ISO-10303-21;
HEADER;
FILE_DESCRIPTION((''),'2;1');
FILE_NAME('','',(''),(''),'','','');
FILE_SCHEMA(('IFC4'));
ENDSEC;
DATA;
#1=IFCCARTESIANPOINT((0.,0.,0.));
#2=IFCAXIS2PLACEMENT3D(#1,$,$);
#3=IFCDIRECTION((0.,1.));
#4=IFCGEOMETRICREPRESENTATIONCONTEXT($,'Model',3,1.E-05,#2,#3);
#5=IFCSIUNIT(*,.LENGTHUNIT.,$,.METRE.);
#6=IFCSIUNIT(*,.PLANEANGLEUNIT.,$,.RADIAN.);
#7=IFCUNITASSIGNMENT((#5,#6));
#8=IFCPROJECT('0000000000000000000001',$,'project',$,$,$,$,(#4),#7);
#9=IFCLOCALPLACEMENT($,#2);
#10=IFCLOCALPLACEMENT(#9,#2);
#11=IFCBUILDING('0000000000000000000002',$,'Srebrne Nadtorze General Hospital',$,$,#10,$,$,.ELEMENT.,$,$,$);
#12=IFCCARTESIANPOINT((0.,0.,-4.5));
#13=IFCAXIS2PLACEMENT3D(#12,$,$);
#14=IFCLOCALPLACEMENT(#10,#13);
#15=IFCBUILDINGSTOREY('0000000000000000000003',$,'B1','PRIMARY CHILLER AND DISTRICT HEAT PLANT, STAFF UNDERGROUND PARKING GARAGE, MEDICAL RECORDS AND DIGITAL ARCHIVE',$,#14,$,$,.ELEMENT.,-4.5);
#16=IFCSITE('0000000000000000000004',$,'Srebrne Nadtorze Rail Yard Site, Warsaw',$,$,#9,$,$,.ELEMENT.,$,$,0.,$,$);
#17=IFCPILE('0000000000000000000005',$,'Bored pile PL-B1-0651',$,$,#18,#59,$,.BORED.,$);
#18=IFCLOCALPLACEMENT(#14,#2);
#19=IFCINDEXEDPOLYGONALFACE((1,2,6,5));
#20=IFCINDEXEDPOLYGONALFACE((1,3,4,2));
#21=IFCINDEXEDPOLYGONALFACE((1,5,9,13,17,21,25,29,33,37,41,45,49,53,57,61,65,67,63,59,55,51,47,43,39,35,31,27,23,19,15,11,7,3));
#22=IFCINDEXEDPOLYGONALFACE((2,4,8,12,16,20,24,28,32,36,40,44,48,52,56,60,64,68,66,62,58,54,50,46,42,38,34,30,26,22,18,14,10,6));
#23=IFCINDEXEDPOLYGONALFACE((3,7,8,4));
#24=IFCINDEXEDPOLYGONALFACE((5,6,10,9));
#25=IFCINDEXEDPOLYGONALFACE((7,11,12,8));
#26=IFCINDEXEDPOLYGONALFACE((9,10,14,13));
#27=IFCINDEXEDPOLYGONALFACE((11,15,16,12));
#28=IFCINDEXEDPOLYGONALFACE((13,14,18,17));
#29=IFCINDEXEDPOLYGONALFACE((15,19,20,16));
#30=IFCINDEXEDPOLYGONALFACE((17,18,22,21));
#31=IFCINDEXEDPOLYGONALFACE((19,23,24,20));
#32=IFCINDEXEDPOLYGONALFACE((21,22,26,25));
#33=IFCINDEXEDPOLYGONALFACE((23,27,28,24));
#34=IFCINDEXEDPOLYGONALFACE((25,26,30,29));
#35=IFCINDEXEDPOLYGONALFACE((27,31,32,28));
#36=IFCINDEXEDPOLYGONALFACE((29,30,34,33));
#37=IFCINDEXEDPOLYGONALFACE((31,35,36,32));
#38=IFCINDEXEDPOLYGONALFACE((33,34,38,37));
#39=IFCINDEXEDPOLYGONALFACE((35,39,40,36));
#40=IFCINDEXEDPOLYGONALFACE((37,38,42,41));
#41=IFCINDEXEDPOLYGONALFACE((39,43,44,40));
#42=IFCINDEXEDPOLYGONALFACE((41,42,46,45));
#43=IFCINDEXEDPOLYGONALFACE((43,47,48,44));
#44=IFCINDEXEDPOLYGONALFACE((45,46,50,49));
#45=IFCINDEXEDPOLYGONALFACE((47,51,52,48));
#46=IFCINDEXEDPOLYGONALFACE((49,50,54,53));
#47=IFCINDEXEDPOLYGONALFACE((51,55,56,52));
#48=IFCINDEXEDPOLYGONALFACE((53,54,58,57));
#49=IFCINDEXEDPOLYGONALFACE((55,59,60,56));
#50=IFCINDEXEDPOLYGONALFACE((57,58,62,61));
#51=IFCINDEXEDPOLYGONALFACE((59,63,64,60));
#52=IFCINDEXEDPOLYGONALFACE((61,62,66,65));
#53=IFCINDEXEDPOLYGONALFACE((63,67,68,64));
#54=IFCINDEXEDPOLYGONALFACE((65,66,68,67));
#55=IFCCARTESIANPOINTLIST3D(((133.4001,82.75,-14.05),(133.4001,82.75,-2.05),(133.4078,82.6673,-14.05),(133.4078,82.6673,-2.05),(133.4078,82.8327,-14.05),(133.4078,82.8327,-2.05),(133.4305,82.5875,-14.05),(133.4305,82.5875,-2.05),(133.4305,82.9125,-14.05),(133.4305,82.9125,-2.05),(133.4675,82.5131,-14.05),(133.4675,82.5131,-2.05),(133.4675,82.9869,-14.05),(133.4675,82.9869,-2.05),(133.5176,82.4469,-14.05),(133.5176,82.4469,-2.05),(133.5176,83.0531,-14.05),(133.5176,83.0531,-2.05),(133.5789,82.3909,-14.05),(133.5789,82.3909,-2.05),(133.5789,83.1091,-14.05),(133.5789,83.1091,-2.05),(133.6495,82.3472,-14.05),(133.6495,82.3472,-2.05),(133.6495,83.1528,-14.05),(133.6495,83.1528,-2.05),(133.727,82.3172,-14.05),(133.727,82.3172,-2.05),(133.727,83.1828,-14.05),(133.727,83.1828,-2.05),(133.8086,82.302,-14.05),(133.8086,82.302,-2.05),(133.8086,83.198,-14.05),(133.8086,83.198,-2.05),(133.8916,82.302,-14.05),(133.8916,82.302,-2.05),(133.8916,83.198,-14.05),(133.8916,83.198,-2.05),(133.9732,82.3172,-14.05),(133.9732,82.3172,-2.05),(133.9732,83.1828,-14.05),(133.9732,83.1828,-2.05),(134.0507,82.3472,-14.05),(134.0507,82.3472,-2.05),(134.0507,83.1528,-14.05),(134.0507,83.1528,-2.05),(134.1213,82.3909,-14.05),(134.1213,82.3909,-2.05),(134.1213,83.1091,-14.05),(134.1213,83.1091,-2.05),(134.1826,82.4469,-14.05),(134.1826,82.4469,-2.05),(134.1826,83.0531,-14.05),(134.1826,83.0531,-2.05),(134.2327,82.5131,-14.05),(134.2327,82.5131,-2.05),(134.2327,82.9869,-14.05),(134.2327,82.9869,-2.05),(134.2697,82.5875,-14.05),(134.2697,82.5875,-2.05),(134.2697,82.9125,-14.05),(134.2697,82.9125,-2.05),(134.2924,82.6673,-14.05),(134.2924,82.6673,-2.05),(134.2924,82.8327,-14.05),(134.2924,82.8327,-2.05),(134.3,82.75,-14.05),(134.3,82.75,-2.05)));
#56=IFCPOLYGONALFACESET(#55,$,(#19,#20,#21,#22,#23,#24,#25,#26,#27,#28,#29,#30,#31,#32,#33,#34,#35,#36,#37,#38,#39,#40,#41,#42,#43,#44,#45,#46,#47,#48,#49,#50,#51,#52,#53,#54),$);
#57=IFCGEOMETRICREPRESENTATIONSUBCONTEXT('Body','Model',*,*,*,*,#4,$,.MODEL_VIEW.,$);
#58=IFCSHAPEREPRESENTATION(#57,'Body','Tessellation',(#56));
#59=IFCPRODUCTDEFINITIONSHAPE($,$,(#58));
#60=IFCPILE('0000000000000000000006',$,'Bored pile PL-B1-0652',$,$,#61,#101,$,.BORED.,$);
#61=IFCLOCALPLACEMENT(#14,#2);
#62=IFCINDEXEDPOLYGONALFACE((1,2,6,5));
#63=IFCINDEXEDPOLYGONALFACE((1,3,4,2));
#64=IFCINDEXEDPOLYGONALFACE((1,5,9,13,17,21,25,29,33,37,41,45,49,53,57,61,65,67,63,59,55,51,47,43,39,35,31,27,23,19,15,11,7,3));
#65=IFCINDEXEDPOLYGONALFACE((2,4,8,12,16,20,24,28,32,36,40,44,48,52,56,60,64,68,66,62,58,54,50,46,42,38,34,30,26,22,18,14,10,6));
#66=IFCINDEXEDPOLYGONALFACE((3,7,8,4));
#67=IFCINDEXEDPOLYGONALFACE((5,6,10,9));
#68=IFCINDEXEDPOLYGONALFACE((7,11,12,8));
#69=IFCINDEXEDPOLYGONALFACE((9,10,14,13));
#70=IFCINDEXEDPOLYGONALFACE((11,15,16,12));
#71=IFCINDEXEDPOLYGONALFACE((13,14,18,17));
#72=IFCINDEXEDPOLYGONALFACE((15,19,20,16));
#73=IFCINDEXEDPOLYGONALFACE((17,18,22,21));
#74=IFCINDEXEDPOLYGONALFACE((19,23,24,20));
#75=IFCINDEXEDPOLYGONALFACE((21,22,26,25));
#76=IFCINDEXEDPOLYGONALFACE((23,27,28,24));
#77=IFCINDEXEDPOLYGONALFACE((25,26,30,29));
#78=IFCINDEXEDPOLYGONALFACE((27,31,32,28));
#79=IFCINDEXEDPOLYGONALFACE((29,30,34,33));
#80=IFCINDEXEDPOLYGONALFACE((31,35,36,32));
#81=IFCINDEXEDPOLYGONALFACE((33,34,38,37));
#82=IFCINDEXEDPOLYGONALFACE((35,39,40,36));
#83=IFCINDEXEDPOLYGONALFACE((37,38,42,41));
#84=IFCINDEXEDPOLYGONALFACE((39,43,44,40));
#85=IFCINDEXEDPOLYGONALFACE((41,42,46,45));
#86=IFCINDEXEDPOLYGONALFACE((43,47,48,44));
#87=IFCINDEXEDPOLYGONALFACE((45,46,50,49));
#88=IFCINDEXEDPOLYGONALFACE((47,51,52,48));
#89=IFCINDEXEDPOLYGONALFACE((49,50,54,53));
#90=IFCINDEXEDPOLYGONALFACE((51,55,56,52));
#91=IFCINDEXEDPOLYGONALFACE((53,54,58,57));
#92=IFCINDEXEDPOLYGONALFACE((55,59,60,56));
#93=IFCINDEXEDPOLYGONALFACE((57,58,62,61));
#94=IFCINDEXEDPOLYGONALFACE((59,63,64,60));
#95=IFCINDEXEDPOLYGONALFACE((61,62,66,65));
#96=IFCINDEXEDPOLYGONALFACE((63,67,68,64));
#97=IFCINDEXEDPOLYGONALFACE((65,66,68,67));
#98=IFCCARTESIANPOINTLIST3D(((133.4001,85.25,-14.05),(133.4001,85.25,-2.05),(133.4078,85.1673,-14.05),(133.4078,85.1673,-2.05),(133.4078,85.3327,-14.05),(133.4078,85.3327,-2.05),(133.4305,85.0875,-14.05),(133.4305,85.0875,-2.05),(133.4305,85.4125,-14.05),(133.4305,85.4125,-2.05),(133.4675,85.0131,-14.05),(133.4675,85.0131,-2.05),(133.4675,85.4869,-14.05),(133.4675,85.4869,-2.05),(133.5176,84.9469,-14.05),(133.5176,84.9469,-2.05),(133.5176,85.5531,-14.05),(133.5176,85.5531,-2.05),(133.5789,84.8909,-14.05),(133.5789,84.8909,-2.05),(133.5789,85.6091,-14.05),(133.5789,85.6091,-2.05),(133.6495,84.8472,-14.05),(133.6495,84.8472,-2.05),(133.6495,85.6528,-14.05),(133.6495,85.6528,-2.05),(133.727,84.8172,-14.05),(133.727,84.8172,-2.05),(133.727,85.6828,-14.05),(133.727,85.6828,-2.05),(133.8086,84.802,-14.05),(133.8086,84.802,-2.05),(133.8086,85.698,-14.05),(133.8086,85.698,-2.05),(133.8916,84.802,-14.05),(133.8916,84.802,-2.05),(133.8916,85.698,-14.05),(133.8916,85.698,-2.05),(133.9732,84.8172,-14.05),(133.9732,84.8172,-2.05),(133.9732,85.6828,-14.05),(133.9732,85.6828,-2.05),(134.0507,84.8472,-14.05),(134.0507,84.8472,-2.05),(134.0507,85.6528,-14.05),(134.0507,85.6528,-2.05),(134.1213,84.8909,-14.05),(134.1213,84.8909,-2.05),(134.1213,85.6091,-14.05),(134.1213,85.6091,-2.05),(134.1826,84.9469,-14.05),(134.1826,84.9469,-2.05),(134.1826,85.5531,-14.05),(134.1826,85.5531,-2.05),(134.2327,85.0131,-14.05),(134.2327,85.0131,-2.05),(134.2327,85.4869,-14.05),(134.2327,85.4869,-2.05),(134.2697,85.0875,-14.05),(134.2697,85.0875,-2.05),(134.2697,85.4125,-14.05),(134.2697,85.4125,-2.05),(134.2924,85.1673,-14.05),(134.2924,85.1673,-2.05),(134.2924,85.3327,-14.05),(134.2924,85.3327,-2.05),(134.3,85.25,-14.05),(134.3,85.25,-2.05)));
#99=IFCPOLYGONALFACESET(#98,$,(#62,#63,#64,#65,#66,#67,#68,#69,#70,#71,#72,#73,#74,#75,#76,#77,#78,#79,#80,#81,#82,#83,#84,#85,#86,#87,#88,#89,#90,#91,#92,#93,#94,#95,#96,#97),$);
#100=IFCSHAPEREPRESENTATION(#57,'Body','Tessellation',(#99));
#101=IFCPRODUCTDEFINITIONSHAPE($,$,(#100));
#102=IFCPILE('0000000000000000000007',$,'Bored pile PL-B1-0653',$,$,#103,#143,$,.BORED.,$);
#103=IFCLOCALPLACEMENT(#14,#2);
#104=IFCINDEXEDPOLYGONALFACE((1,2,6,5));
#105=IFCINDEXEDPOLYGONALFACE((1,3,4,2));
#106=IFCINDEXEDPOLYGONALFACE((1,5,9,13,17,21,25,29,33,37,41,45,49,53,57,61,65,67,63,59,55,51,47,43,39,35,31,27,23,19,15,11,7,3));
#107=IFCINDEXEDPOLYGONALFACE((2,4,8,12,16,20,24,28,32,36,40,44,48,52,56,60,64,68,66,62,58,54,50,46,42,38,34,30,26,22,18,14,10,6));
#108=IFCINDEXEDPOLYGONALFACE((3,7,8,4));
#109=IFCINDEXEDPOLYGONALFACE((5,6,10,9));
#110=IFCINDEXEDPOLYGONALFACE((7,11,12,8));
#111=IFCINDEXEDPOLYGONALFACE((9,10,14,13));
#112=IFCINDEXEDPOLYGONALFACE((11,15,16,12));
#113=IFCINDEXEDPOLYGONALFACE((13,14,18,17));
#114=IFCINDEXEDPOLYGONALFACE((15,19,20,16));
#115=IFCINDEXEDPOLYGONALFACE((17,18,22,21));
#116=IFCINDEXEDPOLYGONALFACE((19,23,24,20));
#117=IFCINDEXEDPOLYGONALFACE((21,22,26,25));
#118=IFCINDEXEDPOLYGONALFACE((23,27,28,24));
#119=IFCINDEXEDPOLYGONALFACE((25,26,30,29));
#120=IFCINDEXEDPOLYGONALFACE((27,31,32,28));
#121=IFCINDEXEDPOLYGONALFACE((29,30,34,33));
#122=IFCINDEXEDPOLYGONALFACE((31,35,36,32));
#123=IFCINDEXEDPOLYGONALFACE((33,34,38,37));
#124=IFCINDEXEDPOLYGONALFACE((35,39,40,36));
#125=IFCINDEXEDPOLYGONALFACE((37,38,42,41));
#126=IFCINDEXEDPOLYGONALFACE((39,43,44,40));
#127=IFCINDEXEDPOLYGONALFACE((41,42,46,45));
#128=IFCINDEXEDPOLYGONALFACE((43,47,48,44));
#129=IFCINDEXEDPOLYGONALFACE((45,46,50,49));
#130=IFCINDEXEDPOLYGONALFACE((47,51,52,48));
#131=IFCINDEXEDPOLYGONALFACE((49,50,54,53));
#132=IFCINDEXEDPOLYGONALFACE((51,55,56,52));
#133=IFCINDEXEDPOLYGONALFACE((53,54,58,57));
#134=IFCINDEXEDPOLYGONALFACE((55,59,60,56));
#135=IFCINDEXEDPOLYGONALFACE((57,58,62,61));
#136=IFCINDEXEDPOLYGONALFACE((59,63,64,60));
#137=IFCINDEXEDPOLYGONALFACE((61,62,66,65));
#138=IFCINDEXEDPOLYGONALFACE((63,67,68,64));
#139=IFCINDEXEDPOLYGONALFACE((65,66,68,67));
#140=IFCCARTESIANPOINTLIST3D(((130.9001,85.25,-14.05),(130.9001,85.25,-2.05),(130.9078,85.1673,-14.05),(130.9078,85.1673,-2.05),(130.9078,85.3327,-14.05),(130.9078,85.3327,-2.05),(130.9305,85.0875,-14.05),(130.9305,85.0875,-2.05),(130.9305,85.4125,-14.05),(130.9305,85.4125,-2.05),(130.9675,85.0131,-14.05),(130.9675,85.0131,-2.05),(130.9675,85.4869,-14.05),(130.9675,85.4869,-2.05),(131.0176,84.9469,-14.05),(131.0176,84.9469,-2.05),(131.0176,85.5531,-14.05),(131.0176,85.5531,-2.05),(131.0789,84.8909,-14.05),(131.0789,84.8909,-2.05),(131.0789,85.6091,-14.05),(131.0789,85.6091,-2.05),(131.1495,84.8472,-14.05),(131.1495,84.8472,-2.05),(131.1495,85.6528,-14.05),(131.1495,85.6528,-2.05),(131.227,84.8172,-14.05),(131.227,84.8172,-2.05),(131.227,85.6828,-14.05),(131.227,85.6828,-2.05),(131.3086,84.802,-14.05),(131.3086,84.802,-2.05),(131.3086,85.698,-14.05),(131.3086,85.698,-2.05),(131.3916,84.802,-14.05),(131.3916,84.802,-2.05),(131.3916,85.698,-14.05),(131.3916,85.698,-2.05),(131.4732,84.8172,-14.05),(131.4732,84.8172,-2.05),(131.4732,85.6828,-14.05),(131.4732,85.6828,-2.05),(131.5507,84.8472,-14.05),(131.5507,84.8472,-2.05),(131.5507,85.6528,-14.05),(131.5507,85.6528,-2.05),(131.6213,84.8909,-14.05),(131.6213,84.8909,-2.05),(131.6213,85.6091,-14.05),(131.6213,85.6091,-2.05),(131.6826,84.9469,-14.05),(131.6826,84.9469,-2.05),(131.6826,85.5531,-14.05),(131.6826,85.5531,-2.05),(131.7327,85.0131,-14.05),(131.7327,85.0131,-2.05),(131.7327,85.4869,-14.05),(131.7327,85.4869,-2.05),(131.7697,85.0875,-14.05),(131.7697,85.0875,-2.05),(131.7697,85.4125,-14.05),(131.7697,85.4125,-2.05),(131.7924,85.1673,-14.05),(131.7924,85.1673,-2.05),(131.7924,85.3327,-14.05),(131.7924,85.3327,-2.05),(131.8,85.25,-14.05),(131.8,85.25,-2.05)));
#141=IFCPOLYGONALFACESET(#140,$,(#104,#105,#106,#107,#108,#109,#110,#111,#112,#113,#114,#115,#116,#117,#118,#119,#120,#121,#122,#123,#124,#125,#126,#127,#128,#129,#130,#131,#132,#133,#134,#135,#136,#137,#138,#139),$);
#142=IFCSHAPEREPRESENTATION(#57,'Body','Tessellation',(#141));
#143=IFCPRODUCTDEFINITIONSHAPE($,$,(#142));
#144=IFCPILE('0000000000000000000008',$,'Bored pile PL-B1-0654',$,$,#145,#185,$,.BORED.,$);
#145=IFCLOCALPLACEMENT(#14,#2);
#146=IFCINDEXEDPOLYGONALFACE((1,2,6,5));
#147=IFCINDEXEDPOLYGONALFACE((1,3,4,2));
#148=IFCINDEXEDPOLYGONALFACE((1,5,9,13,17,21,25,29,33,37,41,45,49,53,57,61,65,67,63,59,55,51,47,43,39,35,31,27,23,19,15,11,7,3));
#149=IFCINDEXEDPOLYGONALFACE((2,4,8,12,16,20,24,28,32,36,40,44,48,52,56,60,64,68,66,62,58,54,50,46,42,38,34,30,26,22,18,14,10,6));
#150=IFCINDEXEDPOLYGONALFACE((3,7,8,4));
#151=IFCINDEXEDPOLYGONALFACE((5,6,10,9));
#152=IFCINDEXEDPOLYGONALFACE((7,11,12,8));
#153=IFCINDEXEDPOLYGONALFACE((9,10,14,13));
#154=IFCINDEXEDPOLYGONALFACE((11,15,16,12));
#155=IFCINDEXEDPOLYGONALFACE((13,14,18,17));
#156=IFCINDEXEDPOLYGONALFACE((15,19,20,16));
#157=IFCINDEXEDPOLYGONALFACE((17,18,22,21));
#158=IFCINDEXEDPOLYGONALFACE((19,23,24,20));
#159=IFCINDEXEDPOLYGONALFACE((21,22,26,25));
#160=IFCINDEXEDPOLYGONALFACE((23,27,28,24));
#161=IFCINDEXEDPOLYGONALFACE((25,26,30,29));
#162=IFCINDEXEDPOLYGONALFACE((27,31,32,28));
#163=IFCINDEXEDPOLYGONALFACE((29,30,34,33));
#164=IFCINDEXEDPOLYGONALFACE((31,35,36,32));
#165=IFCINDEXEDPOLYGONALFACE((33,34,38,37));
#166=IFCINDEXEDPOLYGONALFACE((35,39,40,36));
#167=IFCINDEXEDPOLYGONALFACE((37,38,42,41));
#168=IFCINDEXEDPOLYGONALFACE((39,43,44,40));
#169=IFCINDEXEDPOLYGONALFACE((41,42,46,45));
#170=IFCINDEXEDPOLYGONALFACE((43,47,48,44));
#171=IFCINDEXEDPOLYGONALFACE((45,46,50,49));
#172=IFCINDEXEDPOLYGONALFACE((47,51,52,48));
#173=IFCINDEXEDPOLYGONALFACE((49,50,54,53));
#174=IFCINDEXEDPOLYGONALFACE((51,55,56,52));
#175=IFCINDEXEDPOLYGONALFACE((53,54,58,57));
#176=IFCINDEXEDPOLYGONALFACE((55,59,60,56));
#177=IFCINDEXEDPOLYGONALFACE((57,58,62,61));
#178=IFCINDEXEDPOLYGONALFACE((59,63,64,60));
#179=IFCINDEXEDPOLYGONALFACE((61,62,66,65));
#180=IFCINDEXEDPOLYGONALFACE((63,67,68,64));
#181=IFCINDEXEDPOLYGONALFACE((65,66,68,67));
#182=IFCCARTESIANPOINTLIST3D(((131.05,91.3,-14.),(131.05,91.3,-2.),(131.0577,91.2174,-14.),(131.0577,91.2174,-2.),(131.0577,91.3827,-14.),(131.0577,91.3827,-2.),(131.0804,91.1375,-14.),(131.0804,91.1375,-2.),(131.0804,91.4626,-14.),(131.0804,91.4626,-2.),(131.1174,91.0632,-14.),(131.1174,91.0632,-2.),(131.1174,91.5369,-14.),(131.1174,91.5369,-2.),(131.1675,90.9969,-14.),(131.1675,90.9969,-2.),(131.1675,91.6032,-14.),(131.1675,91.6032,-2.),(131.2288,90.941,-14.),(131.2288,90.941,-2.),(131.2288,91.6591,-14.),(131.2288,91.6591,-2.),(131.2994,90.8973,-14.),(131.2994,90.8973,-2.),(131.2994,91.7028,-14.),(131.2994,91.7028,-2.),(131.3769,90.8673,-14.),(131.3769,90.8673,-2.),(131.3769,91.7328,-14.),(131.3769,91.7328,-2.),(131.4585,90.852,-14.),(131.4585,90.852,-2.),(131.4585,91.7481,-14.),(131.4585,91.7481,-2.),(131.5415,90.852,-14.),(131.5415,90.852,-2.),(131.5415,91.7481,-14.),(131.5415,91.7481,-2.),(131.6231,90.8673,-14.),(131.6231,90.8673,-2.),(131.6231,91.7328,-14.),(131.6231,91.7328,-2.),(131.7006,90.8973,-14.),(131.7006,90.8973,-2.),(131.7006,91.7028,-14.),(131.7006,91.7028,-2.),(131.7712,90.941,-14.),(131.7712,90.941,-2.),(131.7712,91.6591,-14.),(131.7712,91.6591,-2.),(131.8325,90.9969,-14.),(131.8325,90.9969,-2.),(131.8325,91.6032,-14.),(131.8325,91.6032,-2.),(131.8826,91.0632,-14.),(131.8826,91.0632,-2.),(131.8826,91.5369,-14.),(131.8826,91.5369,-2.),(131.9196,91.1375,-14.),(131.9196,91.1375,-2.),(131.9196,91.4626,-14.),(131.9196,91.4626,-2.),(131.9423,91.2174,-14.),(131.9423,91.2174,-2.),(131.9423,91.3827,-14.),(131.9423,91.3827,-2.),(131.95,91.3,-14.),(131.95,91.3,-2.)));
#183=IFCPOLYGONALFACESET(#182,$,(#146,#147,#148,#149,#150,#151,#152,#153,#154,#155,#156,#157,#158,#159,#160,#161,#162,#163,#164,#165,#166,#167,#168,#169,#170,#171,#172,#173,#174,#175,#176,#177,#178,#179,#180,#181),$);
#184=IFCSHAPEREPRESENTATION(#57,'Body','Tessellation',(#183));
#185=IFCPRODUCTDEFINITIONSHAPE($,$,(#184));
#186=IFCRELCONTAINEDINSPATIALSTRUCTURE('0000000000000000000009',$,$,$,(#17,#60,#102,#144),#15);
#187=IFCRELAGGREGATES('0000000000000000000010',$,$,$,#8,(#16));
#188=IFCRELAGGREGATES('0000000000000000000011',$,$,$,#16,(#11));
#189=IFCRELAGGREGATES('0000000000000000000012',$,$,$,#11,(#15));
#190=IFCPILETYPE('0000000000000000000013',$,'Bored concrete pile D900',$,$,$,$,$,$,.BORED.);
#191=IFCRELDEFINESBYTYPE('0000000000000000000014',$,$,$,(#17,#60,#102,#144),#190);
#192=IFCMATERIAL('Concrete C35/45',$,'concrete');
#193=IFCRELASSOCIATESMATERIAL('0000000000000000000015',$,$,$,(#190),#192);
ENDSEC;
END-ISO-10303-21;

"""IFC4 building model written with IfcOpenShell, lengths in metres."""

from ifc_helpers import new_model, si_unit, direction, frame, origin, origin_2d, place, context, subcontext, project, spatial, circle, extrude, material, material_profile, profile_set, type_object, element, save


model = new_model("IFC4")

# Units and contexts
model_context = context("Model", 3, precision=1e-05, world=origin(), true_north=direction((0.0, 1.0)))
body_context = subcontext(model_context, "Body", "Model", "MODEL_VIEW")
ifc_project = project(units=[si_unit("LENGTHUNIT", "METRE"), si_unit("PLANEANGLEUNIT", "RADIAN")], contexts=[model_context])

# Site, building, storey
site_placement = place(None, origin())
site = spatial("IfcSite", under=ifc_project, at=site_placement, Name="Srebrne Nadtorze Rail Yard Site, Warsaw", CompositionType="ELEMENT", RefElevation=0.0)
building_placement = place(site_placement, origin())
building = spatial("IfcBuilding", under=site, at=building_placement, Name="Srebrne Nadtorze General Hospital", CompositionType="ELEMENT")
storey_placement = place(building_placement, frame((0.0, 0.0, -4.5)))
storey = spatial("IfcBuildingStorey", under=building, at=storey_placement, Name="B1", Description="PRIMARY CHILLER AND DISTRICT HEAT PLANT, STAFF UNDERGROUND PARKING GARAGE, MEDICAL RECORDS AND DIGITAL ARCHIVE", CompositionType="ELEMENT", Elevation=-4.5)

# Piles
ifc_material_1 = material(Name="Concrete C35/45", Category="concrete")
ifc_material_profile_1 = material_profile(ifc_material_1, circle(Radius=0.45, at=origin_2d()), Name="PILE-D900")
ifc_profile_set_1 = profile_set([ifc_material_profile_1], Name="Concrete C35/45")
pile_type_1 = type_object("IfcPileType", Name="Bored concrete pile D900", PredefinedType="BORED", material=ifc_profile_set_1)
for number, where, z_axis, x_axis, name in (
    (1, (133.8501, 82.75, -2.05), (0.0, 0.0, -1.0), (1.0, 0.0, 0.0), "Bored pile PL-B1-0651"),
    (2, (133.8501, 85.25, -2.05), (0.0, 0.0, -1.0), (1.0, 0.0, 0.0), "Bored pile PL-B1-0652"),
    (3, (131.3501, 85.25, -2.05), (0.0, 0.0, -1.0), (1.0, 0.0, 0.0), "Bored pile PL-B1-0653"),
    (4, (131.5, 91.3, -2.0), (0.0, 0.0, -1.0), (1.0, 0.0, 0.0), "Bored pile PL-B1-0654"),
):
    element("IfcPile", number, at=place(storey_placement, frame(where, z_axis=z_axis, x_axis=x_axis)), inside=storey, type_object=pile_type_1, Name=name, PredefinedType="BORED", context=body_context, shape_type="SweptSolid", body=[
        extrude(circle(Radius=0.45, at=origin_2d()), origin(), (0.0, 0.0, 1.0), 12.0),
    ])

save(model, "model.ifc")
